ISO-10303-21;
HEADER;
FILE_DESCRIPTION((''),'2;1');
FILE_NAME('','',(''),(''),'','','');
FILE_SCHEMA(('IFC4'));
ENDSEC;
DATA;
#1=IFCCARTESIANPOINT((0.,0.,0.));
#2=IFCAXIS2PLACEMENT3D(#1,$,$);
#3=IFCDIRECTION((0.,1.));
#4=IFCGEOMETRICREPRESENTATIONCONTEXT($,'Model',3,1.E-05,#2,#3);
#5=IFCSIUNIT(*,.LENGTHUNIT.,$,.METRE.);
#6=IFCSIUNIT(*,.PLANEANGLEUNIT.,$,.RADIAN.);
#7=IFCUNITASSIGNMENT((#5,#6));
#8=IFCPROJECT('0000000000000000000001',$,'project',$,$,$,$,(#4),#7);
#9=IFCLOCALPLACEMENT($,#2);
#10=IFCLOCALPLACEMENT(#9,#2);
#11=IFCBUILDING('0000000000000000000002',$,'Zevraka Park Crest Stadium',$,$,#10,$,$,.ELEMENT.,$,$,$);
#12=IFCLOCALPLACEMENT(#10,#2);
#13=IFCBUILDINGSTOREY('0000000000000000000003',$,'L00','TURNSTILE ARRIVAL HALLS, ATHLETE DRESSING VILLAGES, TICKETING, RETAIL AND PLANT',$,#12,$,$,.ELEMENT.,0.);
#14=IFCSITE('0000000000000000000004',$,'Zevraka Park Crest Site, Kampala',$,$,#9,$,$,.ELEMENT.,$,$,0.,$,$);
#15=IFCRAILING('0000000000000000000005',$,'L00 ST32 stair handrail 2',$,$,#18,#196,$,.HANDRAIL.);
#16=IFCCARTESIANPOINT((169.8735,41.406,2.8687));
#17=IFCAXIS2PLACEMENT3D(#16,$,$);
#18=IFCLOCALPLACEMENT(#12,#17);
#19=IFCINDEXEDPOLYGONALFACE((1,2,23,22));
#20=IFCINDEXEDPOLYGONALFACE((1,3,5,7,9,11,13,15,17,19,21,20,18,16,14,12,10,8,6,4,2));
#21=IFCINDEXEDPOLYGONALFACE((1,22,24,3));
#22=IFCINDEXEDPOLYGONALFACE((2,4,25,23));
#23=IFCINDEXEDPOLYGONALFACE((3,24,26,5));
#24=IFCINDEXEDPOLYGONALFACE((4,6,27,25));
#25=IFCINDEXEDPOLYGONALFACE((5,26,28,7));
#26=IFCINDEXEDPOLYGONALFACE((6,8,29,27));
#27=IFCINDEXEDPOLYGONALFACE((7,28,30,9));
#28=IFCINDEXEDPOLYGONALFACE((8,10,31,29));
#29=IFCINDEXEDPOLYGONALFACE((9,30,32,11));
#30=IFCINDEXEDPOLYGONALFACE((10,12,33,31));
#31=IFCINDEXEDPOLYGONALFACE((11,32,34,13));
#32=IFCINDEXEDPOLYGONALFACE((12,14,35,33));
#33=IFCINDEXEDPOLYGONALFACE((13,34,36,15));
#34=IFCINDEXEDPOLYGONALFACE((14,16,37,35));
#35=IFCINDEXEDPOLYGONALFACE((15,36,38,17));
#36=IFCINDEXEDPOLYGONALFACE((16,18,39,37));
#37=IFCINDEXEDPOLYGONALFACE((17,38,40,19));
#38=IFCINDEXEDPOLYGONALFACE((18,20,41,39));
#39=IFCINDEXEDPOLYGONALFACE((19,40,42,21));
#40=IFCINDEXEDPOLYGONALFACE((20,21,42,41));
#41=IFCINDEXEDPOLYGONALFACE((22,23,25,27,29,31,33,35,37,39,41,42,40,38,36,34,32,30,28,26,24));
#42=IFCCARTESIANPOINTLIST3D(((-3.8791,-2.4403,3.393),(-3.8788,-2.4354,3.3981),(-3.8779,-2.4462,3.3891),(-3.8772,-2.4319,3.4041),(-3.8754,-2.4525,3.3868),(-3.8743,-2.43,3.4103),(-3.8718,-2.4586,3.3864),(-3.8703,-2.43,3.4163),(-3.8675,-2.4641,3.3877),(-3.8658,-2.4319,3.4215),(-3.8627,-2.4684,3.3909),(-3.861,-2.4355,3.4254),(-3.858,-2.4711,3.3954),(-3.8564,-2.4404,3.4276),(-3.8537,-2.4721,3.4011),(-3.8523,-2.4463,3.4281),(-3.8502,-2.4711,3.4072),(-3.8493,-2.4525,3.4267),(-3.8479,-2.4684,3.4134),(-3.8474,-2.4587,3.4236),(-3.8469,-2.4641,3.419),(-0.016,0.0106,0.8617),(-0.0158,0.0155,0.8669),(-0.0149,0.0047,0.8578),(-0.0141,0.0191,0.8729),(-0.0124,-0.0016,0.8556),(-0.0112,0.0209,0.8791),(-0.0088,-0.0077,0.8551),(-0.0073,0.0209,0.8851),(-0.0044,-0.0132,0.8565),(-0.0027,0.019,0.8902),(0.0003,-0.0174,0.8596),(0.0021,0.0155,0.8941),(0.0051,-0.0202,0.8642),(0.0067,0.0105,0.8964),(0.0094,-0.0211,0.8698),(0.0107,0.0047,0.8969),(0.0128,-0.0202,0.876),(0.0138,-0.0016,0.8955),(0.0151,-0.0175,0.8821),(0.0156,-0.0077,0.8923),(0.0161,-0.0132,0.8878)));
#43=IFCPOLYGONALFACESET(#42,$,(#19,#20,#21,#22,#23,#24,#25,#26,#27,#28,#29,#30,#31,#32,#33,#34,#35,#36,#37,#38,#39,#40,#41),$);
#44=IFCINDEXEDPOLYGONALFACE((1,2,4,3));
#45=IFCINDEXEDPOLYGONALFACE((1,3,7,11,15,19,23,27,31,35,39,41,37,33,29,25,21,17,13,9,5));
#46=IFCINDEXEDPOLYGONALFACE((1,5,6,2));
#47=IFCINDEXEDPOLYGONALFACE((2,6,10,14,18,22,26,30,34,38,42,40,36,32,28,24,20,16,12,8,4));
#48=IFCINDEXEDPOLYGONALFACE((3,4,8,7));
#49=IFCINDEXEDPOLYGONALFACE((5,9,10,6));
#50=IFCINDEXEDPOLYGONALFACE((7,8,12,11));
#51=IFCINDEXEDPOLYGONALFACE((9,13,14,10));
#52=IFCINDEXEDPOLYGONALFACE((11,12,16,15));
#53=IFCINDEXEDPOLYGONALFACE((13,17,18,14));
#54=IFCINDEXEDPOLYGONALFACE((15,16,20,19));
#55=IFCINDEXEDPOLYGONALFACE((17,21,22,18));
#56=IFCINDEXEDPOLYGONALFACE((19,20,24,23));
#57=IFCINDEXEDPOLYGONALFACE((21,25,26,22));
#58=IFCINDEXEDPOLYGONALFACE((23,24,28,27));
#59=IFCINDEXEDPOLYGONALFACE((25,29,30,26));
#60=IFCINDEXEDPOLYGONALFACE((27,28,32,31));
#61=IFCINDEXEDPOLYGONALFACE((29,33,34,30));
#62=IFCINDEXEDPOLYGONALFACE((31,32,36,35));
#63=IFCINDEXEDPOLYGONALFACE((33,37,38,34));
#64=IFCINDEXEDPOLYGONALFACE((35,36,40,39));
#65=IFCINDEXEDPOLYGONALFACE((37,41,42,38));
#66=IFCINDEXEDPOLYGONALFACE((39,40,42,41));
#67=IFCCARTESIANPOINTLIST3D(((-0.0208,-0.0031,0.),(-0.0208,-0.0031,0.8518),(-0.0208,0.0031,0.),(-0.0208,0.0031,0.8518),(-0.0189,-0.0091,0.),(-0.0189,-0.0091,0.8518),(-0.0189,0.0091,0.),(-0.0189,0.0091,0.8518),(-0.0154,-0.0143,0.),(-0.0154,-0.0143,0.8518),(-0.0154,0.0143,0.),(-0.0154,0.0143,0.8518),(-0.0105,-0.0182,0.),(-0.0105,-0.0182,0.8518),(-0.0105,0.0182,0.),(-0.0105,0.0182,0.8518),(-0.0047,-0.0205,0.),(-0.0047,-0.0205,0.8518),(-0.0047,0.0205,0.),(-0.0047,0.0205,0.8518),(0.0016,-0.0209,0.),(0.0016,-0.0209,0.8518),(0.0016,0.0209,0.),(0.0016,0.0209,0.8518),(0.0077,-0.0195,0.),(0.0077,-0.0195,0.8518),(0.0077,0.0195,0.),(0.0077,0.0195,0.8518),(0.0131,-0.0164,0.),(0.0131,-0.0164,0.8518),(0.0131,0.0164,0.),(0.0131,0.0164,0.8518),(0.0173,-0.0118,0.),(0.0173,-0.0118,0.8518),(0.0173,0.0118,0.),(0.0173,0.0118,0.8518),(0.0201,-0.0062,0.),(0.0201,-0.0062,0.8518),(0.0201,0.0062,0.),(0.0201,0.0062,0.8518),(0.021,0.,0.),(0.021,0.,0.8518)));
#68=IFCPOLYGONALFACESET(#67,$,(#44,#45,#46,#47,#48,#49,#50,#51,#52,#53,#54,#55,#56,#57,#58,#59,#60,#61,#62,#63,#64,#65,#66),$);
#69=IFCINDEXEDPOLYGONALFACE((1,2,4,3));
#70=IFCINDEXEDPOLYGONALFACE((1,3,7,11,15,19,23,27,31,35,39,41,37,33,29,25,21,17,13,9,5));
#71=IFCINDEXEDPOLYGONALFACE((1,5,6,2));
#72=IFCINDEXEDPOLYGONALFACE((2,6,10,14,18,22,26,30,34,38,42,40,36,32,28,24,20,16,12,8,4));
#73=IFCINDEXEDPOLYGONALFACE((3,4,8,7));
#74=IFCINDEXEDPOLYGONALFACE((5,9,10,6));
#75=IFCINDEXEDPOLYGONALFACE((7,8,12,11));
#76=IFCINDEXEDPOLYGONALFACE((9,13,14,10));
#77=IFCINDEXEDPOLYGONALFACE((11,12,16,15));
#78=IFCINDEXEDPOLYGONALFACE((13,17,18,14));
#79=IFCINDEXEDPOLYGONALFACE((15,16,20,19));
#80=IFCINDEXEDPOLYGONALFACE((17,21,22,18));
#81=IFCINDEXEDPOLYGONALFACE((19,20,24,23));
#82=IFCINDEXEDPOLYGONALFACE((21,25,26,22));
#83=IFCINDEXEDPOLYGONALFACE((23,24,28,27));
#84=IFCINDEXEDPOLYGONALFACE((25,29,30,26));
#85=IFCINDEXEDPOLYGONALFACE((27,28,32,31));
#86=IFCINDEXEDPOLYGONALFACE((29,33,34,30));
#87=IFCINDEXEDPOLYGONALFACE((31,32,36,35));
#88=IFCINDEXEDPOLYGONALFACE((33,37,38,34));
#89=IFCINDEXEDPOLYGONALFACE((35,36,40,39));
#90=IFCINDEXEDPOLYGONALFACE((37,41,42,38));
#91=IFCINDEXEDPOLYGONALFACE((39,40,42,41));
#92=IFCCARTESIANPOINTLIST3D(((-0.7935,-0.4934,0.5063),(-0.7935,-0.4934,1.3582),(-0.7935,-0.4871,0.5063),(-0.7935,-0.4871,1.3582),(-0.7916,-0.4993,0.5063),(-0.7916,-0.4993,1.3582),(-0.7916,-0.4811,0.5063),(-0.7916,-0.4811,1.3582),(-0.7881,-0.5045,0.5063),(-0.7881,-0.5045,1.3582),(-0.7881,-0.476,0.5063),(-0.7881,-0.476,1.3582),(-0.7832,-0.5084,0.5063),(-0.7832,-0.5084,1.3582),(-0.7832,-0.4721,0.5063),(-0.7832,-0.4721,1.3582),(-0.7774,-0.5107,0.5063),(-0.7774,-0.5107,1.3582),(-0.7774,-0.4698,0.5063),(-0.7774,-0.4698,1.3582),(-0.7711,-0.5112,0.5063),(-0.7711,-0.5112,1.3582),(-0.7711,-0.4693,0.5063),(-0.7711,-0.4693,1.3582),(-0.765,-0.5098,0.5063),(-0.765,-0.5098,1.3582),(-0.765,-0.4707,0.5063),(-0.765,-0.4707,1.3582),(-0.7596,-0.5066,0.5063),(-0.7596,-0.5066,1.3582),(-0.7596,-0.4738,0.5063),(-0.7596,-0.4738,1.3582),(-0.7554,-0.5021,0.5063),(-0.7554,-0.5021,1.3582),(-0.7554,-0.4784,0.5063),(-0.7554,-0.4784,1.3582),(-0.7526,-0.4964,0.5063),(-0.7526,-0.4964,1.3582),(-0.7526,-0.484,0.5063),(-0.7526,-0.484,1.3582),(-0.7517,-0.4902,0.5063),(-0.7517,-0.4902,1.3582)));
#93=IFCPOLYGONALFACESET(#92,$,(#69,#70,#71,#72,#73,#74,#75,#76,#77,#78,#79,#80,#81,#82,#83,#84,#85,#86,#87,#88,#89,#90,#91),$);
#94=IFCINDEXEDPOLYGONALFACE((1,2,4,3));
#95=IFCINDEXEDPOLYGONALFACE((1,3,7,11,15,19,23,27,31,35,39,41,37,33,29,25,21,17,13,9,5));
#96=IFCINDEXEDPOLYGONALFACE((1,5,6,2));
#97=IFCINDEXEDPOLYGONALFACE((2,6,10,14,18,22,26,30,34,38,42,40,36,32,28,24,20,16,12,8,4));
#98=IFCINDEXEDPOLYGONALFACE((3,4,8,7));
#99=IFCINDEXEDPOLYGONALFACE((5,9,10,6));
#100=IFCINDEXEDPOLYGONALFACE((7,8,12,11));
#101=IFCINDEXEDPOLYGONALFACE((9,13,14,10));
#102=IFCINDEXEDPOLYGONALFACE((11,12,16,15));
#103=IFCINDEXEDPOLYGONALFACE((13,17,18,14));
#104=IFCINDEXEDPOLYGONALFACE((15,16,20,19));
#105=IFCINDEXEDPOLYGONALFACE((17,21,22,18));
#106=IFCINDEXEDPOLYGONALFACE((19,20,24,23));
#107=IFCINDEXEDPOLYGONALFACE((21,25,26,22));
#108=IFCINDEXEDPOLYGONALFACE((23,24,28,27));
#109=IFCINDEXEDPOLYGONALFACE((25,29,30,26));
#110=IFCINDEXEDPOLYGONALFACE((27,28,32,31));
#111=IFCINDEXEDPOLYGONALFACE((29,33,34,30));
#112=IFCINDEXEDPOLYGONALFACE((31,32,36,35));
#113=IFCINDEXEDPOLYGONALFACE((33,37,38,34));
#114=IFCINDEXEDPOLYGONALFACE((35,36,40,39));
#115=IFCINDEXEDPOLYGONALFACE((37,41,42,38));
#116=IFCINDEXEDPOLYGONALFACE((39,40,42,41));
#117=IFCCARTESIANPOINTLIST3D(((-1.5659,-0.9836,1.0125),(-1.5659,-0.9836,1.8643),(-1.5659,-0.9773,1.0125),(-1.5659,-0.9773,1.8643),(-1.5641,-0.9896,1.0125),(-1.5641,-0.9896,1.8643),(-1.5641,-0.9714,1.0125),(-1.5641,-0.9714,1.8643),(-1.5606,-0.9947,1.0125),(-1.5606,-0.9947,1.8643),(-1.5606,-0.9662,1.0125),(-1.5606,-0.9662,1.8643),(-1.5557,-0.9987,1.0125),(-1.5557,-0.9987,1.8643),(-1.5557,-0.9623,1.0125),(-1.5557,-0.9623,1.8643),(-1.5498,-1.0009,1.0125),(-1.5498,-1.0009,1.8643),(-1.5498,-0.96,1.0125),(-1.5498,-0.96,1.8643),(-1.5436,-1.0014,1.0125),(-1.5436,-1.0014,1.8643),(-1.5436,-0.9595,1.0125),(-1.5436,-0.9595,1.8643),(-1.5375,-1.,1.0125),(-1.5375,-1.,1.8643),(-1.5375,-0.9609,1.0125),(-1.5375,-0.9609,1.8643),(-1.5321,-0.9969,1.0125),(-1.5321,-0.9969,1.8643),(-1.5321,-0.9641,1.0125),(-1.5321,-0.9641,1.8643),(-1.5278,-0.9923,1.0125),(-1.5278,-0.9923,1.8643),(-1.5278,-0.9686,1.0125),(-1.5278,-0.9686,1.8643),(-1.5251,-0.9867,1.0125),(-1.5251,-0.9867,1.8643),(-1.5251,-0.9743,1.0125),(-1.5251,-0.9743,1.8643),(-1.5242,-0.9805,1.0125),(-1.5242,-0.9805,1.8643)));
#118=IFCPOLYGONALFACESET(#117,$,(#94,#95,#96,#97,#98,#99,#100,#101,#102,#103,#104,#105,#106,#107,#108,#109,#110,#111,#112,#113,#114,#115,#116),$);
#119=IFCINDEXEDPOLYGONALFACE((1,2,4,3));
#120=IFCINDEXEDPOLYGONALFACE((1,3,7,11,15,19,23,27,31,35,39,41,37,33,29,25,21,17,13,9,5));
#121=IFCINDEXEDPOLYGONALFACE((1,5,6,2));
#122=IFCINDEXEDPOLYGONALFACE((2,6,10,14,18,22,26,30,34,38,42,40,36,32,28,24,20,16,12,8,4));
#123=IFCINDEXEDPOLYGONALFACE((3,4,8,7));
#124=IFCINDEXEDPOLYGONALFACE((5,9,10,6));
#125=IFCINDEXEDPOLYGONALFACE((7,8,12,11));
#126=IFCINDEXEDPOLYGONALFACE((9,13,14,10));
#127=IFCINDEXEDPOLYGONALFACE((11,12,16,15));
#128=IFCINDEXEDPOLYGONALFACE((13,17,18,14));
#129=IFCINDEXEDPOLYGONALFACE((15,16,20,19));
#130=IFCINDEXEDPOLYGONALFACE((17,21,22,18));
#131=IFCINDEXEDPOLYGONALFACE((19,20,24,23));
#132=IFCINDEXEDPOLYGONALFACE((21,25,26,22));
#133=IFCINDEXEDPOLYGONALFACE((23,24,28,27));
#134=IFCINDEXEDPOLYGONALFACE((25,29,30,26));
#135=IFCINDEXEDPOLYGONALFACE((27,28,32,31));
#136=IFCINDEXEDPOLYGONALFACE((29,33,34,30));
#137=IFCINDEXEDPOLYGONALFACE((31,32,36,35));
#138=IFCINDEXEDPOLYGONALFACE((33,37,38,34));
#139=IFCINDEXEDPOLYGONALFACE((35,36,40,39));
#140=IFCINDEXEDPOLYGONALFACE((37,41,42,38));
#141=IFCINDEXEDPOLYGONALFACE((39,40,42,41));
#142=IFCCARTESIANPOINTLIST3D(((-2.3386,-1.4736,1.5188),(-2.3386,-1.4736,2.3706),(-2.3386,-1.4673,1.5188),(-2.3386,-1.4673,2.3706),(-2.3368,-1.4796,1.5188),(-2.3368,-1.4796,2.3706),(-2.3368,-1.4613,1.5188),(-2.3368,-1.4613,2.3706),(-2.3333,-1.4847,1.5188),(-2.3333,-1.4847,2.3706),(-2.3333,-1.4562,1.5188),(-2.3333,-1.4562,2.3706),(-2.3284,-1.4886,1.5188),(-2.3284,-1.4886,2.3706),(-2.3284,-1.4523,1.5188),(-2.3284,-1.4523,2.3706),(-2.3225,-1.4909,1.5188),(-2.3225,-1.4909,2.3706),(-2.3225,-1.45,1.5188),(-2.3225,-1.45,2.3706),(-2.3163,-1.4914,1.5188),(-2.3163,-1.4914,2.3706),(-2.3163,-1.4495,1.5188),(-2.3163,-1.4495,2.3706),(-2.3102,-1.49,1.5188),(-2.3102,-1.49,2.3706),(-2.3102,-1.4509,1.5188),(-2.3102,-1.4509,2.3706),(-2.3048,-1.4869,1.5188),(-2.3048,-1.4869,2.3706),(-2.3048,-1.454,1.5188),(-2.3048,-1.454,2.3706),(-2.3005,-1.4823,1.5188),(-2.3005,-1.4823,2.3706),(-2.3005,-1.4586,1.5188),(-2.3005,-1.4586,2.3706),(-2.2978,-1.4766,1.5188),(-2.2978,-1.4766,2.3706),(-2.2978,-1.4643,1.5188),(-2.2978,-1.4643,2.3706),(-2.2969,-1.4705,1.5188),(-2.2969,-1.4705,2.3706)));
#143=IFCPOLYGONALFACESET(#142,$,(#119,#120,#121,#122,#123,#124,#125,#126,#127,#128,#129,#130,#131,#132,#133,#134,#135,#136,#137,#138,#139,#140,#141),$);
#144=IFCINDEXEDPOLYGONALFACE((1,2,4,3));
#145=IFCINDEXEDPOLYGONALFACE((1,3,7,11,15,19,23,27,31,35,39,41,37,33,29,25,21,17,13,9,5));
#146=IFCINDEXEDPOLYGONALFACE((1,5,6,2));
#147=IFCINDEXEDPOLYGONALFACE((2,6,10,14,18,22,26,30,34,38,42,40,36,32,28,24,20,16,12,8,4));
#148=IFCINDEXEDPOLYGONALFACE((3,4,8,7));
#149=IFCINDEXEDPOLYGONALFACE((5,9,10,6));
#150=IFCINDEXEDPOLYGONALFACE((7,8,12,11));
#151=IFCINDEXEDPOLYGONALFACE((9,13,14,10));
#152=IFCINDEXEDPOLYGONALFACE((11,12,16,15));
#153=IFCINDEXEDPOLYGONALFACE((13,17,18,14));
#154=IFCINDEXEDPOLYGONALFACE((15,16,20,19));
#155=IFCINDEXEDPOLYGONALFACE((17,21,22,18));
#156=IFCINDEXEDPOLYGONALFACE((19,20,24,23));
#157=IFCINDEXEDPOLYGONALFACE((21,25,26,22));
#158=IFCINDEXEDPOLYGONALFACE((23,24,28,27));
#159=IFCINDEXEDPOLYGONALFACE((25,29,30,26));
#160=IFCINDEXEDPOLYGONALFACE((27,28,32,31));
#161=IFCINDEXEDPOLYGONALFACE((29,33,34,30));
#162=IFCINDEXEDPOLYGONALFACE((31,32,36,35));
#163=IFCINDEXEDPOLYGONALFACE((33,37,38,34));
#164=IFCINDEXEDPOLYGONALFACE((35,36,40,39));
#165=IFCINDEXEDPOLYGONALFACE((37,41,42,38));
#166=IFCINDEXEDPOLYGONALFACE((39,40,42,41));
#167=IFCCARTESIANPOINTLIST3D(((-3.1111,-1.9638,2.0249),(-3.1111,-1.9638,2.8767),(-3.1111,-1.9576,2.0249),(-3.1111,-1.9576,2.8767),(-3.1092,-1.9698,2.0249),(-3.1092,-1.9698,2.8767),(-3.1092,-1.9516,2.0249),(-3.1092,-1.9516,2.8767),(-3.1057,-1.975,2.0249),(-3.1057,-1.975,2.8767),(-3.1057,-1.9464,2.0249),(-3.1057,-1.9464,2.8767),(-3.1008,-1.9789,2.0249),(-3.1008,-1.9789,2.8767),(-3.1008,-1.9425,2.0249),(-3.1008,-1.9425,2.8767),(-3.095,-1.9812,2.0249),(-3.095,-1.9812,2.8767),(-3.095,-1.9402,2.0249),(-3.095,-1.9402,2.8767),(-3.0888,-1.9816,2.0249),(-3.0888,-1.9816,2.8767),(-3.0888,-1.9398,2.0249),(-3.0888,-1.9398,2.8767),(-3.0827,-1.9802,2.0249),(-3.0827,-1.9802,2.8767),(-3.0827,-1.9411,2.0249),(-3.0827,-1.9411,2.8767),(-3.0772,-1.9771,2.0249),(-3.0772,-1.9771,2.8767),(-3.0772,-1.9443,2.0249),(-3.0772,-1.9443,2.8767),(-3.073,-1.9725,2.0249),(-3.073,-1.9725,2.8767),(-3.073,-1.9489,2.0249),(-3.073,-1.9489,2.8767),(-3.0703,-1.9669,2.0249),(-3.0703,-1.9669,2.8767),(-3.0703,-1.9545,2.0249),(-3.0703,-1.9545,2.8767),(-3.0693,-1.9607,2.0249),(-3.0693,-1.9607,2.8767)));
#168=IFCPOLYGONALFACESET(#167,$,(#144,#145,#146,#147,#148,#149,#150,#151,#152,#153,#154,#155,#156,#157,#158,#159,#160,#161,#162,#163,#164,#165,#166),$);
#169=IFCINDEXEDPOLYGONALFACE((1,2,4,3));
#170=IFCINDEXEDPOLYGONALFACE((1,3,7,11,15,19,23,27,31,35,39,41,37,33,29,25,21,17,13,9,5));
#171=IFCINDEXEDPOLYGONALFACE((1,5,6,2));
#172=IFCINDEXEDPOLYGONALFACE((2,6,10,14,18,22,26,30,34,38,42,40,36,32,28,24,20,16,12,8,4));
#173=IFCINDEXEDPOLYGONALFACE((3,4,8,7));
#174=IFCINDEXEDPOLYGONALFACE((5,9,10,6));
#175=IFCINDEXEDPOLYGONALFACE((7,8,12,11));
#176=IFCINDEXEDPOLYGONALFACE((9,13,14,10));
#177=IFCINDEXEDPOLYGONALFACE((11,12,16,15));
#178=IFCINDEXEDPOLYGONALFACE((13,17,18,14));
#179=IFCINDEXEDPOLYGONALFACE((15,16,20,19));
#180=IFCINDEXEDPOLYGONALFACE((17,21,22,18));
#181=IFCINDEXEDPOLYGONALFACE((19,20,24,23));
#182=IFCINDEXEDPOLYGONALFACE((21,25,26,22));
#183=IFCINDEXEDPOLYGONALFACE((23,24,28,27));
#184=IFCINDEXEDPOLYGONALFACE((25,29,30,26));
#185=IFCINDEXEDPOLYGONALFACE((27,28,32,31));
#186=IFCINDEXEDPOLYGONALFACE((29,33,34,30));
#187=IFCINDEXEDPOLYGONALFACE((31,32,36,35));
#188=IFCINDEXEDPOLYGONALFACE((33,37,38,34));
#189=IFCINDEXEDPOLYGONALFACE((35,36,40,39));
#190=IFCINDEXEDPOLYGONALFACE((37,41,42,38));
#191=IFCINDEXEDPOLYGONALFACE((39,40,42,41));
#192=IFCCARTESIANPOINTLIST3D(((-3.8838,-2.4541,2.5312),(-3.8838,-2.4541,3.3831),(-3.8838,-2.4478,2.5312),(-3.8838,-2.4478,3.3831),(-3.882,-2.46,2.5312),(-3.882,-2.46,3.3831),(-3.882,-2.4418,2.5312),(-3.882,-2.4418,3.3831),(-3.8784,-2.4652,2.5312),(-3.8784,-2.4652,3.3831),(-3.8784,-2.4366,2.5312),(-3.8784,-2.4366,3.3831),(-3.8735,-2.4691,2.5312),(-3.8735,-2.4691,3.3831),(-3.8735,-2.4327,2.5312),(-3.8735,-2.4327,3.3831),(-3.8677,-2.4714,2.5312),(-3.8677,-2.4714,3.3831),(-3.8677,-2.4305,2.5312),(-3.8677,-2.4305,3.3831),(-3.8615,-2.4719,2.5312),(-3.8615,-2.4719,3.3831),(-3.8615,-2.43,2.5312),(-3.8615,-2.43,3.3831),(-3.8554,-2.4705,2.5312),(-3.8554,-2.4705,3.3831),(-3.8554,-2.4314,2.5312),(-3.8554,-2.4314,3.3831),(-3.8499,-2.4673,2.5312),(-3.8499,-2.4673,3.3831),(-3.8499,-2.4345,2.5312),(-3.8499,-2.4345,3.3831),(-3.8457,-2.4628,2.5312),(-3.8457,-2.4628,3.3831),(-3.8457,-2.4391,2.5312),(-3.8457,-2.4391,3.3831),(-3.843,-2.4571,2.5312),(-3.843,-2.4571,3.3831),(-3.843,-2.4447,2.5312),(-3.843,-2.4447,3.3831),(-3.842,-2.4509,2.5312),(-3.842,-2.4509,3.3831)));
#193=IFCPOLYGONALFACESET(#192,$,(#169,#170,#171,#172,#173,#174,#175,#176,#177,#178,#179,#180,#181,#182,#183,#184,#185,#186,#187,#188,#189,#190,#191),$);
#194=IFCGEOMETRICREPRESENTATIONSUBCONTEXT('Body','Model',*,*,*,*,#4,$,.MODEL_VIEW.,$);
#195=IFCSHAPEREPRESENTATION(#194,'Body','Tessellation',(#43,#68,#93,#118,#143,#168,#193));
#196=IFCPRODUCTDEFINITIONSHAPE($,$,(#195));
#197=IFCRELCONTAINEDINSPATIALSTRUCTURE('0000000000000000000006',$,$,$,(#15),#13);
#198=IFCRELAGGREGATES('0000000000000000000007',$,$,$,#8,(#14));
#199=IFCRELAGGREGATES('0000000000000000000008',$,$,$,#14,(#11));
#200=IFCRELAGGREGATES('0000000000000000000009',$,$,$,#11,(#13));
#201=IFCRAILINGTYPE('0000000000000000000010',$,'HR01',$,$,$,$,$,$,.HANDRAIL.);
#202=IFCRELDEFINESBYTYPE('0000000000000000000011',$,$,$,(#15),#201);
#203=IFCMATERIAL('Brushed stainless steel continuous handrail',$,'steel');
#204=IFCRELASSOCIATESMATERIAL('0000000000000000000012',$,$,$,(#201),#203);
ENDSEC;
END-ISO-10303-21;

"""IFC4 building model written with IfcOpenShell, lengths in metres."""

from ifc_helpers import new_model, si_unit, direction, frame, origin, origin_2d, place, context, subcontext, project, spatial, circle, extrude, material, type_object, element, save


model = new_model("IFC4")

# Units and contexts
model_context = context("Model", 3, precision=1e-05, world=origin(), true_north=direction((0.0, 1.0)))
body_context = subcontext(model_context, "Body", "Model", "MODEL_VIEW")
ifc_project = project(units=[si_unit("LENGTHUNIT", "METRE"), si_unit("PLANEANGLEUNIT", "RADIAN")], contexts=[model_context])

# Site, building, storey
site_placement = place(None, origin())
site = spatial("IfcSite", under=ifc_project, at=site_placement, Name="Zevraka Park Crest Site, Kampala", CompositionType="ELEMENT", RefElevation=0.0)
building_placement = place(site_placement, origin())
building = spatial("IfcBuilding", under=site, at=building_placement, Name="Zevraka Park Crest Stadium", CompositionType="ELEMENT")
storey_placement = place(building_placement, origin())
storey = spatial("IfcBuildingStorey", under=building, at=storey_placement, Name="L00", Description="TURNSTILE ARRIVAL HALLS, ATHLETE DRESSING VILLAGES, TICKETING, RETAIL AND PLANT", CompositionType="ELEMENT", Elevation=0.0)

# Railing
ifc_material_1 = material(Name="Brushed stainless steel continuous handrail", Category="steel")
railing_type_1 = type_object("IfcRailingType", Name="HR01", PredefinedType="HANDRAIL", material=ifc_material_1)
railing_1_placement = place(storey_placement, frame((169.8735, 41.406, 2.8687)))
element("IfcRailing", 1, at=railing_1_placement, inside=storey, type_object=railing_type_1, Name="L00 ST32 stair handrail 2", PredefinedType="HANDRAIL", context=body_context, shape_type="SweptSolid", body=[
    extrude(circle(Radius=0.0239, at=origin_2d()), frame((0.0, 0.0, 0.876), z_axis=(-0.738841, -0.468762, 0.484124), x_axis=(0.535729, -0.84439, 0.0)), (0.0, 0.0, 1.0), 5.2285),
    extrude(circle(Radius=0.021, at=origin_2d()), origin(), (0.0, 0.0, 1.0), 0.8518),
    extrude(circle(Radius=0.021, at=origin_2d()), frame((-0.7727, -0.4902, 0.5063)), (0.0, 0.0, 1.0), 0.8518),
    extrude(circle(Radius=0.021, at=origin_2d()), frame((-1.5452, -0.9805, 1.0125)), (0.0, 0.0, 1.0), 0.8518),
    extrude(circle(Radius=0.021, at=origin_2d()), frame((-2.3179, -1.4705, 1.5188)), (0.0, 0.0, 1.0), 0.8518),
    extrude(circle(Radius=0.021, at=origin_2d()), frame((-3.0903, -1.9607, 2.0249)), (0.0, 0.0, 1.0), 0.8518),
    extrude(circle(Radius=0.021, at=origin_2d()), frame((-3.863, -2.4509, 2.5312)), (0.0, 0.0, 1.0), 0.8518),
])

save(model, "model.ifc")
